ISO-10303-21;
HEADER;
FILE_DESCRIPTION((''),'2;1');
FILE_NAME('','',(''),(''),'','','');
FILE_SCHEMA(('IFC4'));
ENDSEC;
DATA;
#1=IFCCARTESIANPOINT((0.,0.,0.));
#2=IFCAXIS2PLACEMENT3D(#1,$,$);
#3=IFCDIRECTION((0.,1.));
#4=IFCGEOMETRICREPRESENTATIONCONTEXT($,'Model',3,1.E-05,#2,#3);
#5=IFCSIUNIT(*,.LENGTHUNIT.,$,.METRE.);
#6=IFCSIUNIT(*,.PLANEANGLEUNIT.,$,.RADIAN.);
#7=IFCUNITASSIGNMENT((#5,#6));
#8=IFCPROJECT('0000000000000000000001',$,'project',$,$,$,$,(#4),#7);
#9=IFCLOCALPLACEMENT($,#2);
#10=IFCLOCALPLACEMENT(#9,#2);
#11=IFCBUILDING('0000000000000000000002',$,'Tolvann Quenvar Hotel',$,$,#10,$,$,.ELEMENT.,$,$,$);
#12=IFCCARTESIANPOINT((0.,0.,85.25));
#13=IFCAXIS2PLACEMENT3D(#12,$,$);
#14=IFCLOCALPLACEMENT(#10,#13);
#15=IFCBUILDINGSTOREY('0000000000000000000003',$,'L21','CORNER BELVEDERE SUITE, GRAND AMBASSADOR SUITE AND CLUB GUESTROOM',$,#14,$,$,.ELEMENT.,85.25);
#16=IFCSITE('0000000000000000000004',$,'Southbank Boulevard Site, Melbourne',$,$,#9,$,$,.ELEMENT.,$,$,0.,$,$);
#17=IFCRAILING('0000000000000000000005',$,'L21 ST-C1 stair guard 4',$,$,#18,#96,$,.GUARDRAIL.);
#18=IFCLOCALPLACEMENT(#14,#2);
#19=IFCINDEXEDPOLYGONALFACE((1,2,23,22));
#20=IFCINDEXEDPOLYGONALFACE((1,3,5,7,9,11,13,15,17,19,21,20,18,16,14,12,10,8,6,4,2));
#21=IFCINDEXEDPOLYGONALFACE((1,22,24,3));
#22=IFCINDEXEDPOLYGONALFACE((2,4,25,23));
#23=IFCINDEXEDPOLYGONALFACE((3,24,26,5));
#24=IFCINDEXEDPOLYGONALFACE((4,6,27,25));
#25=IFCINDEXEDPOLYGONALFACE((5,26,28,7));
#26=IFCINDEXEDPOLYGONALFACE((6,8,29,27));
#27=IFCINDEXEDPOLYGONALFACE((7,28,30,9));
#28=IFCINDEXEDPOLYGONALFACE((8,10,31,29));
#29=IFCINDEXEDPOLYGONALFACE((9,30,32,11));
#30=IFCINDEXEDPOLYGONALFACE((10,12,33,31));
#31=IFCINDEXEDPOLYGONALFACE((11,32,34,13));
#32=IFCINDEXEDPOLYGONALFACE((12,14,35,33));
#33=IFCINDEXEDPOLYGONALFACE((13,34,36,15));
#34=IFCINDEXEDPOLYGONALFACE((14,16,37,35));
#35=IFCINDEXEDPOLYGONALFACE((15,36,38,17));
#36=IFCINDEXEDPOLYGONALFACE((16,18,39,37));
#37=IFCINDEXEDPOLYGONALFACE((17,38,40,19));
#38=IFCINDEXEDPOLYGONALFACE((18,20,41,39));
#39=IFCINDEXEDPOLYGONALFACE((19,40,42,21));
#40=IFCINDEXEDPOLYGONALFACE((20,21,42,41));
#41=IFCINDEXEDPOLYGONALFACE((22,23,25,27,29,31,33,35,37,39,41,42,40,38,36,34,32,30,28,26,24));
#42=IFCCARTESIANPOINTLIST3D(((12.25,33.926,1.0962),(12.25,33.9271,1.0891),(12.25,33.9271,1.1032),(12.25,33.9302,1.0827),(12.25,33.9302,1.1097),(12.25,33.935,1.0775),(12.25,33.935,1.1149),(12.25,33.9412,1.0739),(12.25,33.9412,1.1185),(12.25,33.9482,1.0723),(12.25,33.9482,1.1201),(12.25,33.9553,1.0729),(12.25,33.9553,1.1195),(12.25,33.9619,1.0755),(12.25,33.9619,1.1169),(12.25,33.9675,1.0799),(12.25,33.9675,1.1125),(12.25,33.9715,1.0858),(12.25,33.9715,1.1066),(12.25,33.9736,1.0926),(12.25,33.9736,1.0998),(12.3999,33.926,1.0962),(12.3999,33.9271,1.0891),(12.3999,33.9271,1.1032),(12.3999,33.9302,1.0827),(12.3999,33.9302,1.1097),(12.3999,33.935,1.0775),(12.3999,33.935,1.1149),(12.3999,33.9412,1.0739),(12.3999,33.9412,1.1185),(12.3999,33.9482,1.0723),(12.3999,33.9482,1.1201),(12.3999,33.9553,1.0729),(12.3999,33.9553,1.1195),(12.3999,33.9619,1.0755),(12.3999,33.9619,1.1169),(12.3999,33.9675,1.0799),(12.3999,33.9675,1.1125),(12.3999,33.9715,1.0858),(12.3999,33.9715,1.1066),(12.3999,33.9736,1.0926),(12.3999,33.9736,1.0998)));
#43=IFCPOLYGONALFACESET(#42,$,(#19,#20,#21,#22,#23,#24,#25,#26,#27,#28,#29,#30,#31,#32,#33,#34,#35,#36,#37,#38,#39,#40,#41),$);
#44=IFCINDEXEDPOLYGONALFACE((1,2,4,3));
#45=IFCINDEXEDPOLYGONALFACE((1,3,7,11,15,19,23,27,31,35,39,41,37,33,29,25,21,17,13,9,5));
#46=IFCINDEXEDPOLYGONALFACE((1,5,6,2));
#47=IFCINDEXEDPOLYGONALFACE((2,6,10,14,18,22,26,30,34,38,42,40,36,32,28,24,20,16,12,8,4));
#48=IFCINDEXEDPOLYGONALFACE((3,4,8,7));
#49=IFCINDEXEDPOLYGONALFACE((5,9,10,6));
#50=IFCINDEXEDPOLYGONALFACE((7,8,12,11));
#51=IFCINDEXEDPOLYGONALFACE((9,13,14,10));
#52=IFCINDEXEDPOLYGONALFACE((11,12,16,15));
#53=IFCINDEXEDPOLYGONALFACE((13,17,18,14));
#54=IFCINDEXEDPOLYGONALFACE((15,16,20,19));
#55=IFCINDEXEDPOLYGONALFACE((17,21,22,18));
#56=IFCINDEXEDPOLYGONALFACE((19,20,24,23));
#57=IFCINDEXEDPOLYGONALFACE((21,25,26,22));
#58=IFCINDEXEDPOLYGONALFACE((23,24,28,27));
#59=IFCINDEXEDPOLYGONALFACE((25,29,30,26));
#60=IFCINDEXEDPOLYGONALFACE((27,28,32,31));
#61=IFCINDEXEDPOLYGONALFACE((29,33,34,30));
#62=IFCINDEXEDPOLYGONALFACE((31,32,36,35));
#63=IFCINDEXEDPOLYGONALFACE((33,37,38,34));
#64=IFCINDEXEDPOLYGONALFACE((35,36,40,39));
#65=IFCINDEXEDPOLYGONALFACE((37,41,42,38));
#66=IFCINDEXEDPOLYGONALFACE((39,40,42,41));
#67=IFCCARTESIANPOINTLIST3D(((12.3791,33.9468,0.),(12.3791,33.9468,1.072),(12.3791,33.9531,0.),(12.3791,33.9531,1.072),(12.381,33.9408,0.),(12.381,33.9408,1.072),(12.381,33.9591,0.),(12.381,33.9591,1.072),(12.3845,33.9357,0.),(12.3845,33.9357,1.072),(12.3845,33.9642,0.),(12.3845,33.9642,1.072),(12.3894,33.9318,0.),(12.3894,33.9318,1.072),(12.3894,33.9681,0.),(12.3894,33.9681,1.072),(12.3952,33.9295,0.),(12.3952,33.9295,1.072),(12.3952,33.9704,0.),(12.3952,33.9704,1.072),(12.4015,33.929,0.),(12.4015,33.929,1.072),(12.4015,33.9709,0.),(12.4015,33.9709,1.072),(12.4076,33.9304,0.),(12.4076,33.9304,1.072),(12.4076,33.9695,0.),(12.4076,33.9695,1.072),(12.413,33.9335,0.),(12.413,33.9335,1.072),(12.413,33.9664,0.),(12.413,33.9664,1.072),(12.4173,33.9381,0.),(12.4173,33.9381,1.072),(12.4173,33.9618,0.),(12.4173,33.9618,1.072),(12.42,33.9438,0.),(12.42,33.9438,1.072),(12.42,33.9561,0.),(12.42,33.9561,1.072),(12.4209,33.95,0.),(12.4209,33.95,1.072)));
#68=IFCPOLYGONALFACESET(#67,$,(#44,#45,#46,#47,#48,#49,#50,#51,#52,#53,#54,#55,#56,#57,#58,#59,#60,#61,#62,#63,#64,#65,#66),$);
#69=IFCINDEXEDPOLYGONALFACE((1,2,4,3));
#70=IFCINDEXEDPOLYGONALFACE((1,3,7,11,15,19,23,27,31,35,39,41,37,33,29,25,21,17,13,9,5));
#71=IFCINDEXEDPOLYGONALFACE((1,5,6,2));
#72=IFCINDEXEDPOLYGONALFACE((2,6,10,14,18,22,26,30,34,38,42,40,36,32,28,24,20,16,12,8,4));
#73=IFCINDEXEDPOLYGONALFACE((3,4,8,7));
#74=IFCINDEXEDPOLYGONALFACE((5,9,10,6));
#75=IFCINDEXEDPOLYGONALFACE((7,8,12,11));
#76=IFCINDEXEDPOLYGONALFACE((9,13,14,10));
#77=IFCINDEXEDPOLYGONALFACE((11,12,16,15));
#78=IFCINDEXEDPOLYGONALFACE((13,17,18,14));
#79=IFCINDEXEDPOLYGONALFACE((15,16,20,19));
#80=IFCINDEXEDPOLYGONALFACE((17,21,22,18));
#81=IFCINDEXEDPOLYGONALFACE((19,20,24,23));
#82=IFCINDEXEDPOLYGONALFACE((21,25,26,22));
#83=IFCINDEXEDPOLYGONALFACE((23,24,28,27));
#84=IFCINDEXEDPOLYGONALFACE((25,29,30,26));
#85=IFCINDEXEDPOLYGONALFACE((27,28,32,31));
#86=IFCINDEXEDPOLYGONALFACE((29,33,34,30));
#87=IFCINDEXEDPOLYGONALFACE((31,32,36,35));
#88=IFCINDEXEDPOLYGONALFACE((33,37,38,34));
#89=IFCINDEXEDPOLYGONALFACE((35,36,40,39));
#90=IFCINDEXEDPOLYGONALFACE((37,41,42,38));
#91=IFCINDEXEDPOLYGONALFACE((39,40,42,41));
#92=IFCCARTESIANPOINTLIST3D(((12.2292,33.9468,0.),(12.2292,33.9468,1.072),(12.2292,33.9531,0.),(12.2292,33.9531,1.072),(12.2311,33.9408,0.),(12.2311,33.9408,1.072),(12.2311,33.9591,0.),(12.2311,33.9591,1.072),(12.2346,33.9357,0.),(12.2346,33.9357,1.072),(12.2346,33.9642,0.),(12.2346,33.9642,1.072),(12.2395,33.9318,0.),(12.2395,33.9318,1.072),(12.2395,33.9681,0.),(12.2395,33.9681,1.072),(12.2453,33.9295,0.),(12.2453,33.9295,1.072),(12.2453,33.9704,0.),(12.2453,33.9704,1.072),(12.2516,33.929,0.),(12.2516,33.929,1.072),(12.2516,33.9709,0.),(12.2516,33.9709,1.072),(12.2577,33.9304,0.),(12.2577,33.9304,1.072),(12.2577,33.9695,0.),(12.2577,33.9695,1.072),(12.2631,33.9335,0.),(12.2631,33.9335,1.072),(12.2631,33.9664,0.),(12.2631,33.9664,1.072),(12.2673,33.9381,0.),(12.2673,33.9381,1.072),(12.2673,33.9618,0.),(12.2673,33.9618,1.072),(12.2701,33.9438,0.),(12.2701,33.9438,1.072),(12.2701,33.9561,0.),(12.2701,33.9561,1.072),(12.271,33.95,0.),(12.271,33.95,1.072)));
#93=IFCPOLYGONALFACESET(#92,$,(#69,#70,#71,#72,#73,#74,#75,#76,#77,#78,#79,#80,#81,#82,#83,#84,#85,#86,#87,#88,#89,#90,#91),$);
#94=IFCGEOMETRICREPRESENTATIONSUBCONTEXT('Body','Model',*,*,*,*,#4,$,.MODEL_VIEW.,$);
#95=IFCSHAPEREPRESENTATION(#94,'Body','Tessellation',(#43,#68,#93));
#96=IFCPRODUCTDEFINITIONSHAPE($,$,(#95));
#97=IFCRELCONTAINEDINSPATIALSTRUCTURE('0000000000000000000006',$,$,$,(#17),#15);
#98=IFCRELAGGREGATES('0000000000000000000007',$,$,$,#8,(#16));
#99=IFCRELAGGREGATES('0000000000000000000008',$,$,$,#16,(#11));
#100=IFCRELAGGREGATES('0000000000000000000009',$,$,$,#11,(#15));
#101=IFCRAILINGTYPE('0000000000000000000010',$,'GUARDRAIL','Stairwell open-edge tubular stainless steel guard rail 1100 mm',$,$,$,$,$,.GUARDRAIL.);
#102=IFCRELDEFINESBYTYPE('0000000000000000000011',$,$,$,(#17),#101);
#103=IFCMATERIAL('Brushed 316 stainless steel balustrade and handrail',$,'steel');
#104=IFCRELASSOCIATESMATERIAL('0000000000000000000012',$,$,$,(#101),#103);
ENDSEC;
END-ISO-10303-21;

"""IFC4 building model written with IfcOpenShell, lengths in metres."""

from ifc_helpers import new_model, si_unit, direction, frame, origin, origin_2d, place, context, subcontext, project, spatial, circle, extrude, material, type_object, element, save


model = new_model("IFC4")

# Units and contexts
model_context = context("Model", 3, precision=1e-05, world=origin(), true_north=direction((0.0, 1.0)))
body_context = subcontext(model_context, "Body", "Model", "MODEL_VIEW")
ifc_project = project(units=[si_unit("LENGTHUNIT", "METRE"), si_unit("PLANEANGLEUNIT", "RADIAN")], contexts=[model_context])

# Site, building, storey
site_placement = place(None, origin())
site = spatial("IfcSite", under=ifc_project, at=site_placement, Name="Southbank Boulevard Site, Melbourne", CompositionType="ELEMENT", RefElevation=0.0)
building_placement = place(site_placement, origin())
building = spatial("IfcBuilding", under=site, at=building_placement, Name="Tolvann Quenvar Hotel", CompositionType="ELEMENT")
storey_placement = place(building_placement, frame((0.0, 0.0, 85.25)))
storey = spatial("IfcBuildingStorey", under=building, at=storey_placement, Name="L21", Description="CORNER BELVEDERE SUITE, GRAND AMBASSADOR SUITE AND CLUB GUESTROOM", CompositionType="ELEMENT", Elevation=85.25)

# Railing
ifc_material_1 = material(Name="Brushed 316 stainless steel balustrade and handrail", Category="steel")
railing_type_1 = type_object("IfcRailingType", Name="GUARDRAIL", Description="Stairwell open-edge tubular stainless steel guard rail 1100 mm", PredefinedType="GUARDRAIL", material=ifc_material_1)
railing_1_placement = place(storey_placement, frame((12.3999, 33.95, 0.0)))
element("IfcRailing", 1, at=railing_1_placement, inside=storey, type_object=railing_type_1, Name="L21 ST-C1 stair guard 4", PredefinedType="GUARDRAIL", context=body_context, shape_type="SweptSolid", body=[
    extrude(circle(Radius=0.0239, at=origin_2d()), frame((0.0, 0.0, 1.0962), z_axis=(-1.0, 0.0, 0.0), x_axis=(0.0, -1.0, 0.0)), (0.0, 0.0, 1.0), 0.1499),
    extrude(circle(Radius=0.021, at=origin_2d()), origin(), (0.0, 0.0, 1.0), 1.072),
    extrude(circle(Radius=0.021, at=origin_2d()), frame((-0.1499, 0.0, 0.0)), (0.0, 0.0, 1.0), 1.072),
])

save(model, "model.ifc")
